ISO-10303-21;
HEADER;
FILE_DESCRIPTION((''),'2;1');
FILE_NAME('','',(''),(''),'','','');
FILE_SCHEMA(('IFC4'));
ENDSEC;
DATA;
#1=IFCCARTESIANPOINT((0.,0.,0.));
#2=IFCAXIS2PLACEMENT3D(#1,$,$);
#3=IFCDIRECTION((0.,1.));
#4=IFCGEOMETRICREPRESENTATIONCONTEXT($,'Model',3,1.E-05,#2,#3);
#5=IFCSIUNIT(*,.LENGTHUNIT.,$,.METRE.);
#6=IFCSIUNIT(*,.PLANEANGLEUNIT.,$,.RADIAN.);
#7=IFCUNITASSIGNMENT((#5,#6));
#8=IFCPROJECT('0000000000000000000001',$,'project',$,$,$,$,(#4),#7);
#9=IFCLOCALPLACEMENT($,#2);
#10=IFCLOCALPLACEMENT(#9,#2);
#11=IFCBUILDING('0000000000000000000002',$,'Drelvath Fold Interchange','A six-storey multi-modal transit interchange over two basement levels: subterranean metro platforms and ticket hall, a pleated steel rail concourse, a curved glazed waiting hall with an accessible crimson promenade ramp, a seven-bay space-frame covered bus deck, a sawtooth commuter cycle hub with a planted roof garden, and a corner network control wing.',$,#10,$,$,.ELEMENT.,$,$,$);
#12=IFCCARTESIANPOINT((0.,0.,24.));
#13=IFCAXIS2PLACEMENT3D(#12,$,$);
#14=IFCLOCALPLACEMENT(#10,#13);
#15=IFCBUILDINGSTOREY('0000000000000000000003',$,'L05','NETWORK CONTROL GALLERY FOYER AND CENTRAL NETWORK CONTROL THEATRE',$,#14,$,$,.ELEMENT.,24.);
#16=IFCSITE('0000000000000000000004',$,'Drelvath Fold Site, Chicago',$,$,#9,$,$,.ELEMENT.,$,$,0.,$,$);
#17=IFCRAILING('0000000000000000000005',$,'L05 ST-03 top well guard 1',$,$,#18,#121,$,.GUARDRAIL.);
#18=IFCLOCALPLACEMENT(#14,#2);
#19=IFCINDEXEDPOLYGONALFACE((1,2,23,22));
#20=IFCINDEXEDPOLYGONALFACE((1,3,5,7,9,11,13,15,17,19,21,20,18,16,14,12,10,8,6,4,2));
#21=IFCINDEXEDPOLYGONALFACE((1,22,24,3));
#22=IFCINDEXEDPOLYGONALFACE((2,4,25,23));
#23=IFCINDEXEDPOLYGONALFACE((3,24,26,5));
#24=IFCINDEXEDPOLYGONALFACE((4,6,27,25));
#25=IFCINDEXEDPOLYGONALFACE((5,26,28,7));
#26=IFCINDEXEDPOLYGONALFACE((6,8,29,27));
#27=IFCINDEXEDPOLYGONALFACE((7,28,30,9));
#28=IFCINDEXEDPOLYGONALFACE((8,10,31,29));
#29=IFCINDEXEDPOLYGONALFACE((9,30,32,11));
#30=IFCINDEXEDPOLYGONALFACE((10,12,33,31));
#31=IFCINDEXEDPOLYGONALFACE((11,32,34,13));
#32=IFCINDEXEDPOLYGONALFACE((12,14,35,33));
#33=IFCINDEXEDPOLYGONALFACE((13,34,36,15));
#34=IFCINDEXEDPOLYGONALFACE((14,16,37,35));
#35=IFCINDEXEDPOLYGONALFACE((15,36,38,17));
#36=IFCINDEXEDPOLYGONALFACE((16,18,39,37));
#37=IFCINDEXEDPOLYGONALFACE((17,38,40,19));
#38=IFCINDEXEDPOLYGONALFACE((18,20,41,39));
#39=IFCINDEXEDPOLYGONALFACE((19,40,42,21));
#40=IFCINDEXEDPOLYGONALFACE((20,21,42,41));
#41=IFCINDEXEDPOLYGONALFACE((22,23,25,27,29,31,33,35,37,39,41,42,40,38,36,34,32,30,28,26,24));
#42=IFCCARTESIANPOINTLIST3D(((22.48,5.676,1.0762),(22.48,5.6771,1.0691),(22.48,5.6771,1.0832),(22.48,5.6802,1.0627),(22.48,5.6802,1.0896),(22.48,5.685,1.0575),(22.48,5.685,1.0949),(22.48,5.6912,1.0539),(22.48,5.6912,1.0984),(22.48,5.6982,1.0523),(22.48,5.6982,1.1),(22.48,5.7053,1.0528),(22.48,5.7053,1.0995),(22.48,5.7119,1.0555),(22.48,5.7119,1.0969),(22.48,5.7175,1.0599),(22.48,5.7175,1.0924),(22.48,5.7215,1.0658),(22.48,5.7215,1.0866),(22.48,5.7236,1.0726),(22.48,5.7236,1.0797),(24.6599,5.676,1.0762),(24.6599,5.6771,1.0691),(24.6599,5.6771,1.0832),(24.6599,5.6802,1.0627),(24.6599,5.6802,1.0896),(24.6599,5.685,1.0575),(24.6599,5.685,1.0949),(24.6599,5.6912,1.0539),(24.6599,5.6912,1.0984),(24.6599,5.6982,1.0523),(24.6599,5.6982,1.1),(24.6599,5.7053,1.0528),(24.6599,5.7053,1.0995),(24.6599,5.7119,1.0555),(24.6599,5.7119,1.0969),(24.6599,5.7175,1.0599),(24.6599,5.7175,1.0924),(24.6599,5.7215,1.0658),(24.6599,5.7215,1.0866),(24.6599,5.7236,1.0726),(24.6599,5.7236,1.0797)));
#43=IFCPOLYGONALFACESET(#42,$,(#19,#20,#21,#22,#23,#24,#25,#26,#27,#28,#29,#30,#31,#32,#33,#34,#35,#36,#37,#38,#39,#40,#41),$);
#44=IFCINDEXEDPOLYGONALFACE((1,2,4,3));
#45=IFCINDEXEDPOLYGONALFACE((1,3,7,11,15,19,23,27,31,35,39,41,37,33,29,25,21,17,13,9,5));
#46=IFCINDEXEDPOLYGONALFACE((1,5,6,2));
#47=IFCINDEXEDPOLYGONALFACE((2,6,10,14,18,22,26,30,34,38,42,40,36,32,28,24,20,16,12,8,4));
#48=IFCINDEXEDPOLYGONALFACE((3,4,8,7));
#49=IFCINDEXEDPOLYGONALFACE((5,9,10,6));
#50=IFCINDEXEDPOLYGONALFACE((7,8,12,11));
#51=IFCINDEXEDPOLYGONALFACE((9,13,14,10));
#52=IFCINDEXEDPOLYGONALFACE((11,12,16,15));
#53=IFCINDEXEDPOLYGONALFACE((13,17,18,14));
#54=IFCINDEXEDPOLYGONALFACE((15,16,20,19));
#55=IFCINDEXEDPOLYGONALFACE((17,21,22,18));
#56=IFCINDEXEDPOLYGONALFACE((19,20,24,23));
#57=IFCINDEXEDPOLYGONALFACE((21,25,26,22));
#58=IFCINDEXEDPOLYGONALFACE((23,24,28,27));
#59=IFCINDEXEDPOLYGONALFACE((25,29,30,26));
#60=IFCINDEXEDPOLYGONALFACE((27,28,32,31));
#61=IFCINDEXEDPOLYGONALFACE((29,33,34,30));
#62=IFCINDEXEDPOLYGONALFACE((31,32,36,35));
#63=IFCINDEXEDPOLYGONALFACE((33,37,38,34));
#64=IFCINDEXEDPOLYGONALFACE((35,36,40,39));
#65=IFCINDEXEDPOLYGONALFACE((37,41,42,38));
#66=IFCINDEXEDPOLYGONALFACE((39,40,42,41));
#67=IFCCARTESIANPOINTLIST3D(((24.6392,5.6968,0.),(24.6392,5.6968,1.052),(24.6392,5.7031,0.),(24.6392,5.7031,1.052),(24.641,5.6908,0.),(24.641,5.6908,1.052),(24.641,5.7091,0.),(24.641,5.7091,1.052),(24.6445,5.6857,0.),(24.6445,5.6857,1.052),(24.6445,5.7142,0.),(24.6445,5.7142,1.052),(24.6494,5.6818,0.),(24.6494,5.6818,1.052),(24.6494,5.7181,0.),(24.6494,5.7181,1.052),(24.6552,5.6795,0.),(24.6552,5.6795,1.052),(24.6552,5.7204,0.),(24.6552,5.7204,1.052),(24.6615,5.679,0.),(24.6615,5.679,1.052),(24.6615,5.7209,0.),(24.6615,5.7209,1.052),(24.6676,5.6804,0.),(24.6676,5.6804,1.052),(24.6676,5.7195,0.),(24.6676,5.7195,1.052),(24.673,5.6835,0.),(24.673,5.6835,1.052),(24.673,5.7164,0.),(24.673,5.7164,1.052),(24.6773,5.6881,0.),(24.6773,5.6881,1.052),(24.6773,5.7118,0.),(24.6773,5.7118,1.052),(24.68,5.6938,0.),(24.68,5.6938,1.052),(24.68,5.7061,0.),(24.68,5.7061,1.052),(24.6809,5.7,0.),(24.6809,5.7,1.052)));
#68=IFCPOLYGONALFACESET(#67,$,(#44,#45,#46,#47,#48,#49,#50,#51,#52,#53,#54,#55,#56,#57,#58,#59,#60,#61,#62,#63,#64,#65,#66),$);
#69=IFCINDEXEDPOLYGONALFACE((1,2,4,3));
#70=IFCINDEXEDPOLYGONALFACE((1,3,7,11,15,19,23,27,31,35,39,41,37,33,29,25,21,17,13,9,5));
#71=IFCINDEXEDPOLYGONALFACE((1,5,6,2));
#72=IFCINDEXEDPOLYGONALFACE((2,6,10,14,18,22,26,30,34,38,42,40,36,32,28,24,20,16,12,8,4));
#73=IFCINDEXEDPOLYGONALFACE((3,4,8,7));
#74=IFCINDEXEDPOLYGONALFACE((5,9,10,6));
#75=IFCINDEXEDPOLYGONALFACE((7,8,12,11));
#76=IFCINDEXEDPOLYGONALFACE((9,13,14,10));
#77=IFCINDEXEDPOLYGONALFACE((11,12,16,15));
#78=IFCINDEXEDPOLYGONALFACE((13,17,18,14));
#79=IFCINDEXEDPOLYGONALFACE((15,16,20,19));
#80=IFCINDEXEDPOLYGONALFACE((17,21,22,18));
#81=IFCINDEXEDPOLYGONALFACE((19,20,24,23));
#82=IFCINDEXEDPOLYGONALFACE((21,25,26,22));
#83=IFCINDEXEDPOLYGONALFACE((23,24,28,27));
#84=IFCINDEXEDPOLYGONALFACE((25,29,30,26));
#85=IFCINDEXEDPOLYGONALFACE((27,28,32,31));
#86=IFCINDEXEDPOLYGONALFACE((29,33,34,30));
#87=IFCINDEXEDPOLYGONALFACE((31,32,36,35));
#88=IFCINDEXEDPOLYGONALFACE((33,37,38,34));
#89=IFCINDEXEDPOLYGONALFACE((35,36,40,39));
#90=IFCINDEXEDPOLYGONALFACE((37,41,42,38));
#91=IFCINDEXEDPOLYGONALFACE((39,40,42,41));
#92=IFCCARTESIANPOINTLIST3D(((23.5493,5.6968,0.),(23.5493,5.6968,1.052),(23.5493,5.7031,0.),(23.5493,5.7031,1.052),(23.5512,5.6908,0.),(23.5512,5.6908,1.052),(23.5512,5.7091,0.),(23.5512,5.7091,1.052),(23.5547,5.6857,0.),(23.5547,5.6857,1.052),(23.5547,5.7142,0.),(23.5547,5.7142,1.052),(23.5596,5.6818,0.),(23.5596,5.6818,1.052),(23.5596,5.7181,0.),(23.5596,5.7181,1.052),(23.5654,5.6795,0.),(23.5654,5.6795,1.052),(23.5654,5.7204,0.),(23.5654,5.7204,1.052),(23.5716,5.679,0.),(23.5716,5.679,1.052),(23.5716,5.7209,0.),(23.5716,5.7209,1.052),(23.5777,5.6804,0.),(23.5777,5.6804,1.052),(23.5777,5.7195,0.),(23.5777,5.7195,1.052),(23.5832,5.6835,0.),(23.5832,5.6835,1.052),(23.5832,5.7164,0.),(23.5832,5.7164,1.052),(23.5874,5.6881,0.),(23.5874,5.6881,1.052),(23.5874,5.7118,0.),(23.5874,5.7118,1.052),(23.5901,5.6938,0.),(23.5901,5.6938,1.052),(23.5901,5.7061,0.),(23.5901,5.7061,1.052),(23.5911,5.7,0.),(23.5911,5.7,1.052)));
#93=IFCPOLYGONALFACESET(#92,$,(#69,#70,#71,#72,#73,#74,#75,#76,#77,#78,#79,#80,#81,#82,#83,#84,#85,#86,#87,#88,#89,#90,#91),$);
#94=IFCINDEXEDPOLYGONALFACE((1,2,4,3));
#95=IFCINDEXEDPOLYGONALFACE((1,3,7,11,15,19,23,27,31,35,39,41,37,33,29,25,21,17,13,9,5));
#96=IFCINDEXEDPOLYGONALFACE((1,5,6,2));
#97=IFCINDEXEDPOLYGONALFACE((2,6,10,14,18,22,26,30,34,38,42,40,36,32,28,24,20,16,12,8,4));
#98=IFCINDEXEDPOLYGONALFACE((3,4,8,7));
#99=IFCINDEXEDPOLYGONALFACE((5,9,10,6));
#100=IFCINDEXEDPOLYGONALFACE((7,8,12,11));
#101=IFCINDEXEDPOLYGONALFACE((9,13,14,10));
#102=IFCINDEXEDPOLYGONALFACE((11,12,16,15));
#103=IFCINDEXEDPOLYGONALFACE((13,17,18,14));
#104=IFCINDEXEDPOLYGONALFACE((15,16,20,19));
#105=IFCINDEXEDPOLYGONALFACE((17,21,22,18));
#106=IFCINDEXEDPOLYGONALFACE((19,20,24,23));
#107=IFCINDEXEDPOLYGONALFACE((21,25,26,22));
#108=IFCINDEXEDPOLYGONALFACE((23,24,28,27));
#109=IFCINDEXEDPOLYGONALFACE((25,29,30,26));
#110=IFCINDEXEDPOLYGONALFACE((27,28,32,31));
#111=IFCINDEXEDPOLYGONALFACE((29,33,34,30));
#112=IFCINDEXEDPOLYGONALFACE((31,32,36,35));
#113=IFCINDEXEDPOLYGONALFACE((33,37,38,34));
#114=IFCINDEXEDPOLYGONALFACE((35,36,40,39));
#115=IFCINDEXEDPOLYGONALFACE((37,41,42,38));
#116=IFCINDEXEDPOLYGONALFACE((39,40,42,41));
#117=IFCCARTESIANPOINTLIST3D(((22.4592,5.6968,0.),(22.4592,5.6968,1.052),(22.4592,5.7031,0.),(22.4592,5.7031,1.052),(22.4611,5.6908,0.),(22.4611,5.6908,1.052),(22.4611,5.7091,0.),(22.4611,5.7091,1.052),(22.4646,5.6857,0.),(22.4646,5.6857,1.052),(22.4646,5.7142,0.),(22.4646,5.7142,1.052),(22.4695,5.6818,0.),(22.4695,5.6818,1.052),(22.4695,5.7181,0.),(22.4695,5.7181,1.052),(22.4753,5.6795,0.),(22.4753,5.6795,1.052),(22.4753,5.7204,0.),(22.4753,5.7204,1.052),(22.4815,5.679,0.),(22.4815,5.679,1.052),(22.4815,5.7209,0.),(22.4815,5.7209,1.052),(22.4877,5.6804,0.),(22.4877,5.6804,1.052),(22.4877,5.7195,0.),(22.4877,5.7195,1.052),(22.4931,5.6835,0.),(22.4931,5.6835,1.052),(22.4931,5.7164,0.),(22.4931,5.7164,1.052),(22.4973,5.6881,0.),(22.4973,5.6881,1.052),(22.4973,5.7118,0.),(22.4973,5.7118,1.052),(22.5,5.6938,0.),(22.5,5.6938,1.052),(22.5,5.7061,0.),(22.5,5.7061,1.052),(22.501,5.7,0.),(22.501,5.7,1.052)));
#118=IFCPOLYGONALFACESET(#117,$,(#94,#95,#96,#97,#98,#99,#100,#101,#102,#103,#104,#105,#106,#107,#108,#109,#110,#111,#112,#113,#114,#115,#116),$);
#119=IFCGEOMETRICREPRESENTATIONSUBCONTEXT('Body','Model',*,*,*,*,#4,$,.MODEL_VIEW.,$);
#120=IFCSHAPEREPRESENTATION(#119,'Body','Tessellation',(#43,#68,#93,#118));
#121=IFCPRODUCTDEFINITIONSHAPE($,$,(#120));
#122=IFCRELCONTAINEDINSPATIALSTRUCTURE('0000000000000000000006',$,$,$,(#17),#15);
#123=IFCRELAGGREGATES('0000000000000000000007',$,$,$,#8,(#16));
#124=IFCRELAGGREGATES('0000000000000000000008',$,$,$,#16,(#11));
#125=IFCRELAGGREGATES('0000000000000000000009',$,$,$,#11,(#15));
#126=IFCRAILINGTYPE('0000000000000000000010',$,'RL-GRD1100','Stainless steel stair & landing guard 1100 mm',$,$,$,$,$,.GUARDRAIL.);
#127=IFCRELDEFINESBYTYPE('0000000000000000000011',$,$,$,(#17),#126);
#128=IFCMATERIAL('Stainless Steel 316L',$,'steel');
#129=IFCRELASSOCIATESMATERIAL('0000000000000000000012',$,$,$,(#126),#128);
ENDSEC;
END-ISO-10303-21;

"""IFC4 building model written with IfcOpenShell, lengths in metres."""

from ifc_helpers import new_model, si_unit, direction, frame, origin, origin_2d, place, context, subcontext, project, spatial, circle, extrude, material, type_object, element, save


model = new_model("IFC4")

# Units and contexts
model_context = context("Model", 3, precision=1e-05, world=origin(), true_north=direction((0.0, 1.0)))
body_context = subcontext(model_context, "Body", "Model", "MODEL_VIEW")
ifc_project = project(units=[si_unit("LENGTHUNIT", "METRE"), si_unit("PLANEANGLEUNIT", "RADIAN")], contexts=[model_context])

# Site, building, storey
site_placement = place(None, origin())
site = spatial("IfcSite", under=ifc_project, at=site_placement, Name="Drelvath Fold Site, Chicago", CompositionType="ELEMENT", RefElevation=0.0)
building_placement = place(site_placement, origin())
building = spatial("IfcBuilding", under=site, at=building_placement, Name="Drelvath Fold Interchange", Description="A six-storey multi-modal transit interchange over two basement levels: subterranean metro platforms and ticket hall, a pleated steel rail concourse, a curved glazed waiting hall with an accessible crimson promenade ramp, a seven-bay space-frame covered bus deck, a sawtooth commuter cycle hub with a planted roof garden, and a corner network control wing.", CompositionType="ELEMENT")
storey_placement = place(building_placement, frame((0.0, 0.0, 24.0)))
storey = spatial("IfcBuildingStorey", under=building, at=storey_placement, Name="L05", Description="NETWORK CONTROL GALLERY FOYER AND CENTRAL NETWORK CONTROL THEATRE", CompositionType="ELEMENT", Elevation=24.0)

# Railing
ifc_material_1 = material(Name="Stainless Steel 316L", Category="steel")
railing_type = type_object("IfcRailingType", Name="RL-GRD1100", Description="Stainless steel stair & landing guard 1100 mm", PredefinedType="GUARDRAIL", material=ifc_material_1)
railing_placement = place(storey_placement, frame((24.6599, 5.7, 0.0)))
element("IfcRailing", 1, at=railing_placement, inside=storey, type_object=railing_type, Name="L05 ST-03 top well guard 1", PredefinedType="GUARDRAIL", context=body_context, shape_type="SweptSolid", body=[
    extrude(circle(Radius=0.0239, at=origin_2d()), frame((0.0, 0.0, 1.0762), z_axis=(-1.0, 0.0, 0.0), x_axis=(0.0, -1.0, 0.0)), (0.0, 0.0, 1.0), 2.1799),
    extrude(circle(Radius=0.021, at=origin_2d()), origin(), (0.0, 0.0, 1.0), 1.052),
    extrude(circle(Radius=0.021, at=origin_2d()), frame((-1.0898, 0.0, 0.0)), (0.0, 0.0, 1.0), 1.052),
    extrude(circle(Radius=0.021, at=origin_2d()), frame((-2.1799, 0.0, 0.0)), (0.0, 0.0, 1.0), 1.052),
])

save(model, "model.ifc")
